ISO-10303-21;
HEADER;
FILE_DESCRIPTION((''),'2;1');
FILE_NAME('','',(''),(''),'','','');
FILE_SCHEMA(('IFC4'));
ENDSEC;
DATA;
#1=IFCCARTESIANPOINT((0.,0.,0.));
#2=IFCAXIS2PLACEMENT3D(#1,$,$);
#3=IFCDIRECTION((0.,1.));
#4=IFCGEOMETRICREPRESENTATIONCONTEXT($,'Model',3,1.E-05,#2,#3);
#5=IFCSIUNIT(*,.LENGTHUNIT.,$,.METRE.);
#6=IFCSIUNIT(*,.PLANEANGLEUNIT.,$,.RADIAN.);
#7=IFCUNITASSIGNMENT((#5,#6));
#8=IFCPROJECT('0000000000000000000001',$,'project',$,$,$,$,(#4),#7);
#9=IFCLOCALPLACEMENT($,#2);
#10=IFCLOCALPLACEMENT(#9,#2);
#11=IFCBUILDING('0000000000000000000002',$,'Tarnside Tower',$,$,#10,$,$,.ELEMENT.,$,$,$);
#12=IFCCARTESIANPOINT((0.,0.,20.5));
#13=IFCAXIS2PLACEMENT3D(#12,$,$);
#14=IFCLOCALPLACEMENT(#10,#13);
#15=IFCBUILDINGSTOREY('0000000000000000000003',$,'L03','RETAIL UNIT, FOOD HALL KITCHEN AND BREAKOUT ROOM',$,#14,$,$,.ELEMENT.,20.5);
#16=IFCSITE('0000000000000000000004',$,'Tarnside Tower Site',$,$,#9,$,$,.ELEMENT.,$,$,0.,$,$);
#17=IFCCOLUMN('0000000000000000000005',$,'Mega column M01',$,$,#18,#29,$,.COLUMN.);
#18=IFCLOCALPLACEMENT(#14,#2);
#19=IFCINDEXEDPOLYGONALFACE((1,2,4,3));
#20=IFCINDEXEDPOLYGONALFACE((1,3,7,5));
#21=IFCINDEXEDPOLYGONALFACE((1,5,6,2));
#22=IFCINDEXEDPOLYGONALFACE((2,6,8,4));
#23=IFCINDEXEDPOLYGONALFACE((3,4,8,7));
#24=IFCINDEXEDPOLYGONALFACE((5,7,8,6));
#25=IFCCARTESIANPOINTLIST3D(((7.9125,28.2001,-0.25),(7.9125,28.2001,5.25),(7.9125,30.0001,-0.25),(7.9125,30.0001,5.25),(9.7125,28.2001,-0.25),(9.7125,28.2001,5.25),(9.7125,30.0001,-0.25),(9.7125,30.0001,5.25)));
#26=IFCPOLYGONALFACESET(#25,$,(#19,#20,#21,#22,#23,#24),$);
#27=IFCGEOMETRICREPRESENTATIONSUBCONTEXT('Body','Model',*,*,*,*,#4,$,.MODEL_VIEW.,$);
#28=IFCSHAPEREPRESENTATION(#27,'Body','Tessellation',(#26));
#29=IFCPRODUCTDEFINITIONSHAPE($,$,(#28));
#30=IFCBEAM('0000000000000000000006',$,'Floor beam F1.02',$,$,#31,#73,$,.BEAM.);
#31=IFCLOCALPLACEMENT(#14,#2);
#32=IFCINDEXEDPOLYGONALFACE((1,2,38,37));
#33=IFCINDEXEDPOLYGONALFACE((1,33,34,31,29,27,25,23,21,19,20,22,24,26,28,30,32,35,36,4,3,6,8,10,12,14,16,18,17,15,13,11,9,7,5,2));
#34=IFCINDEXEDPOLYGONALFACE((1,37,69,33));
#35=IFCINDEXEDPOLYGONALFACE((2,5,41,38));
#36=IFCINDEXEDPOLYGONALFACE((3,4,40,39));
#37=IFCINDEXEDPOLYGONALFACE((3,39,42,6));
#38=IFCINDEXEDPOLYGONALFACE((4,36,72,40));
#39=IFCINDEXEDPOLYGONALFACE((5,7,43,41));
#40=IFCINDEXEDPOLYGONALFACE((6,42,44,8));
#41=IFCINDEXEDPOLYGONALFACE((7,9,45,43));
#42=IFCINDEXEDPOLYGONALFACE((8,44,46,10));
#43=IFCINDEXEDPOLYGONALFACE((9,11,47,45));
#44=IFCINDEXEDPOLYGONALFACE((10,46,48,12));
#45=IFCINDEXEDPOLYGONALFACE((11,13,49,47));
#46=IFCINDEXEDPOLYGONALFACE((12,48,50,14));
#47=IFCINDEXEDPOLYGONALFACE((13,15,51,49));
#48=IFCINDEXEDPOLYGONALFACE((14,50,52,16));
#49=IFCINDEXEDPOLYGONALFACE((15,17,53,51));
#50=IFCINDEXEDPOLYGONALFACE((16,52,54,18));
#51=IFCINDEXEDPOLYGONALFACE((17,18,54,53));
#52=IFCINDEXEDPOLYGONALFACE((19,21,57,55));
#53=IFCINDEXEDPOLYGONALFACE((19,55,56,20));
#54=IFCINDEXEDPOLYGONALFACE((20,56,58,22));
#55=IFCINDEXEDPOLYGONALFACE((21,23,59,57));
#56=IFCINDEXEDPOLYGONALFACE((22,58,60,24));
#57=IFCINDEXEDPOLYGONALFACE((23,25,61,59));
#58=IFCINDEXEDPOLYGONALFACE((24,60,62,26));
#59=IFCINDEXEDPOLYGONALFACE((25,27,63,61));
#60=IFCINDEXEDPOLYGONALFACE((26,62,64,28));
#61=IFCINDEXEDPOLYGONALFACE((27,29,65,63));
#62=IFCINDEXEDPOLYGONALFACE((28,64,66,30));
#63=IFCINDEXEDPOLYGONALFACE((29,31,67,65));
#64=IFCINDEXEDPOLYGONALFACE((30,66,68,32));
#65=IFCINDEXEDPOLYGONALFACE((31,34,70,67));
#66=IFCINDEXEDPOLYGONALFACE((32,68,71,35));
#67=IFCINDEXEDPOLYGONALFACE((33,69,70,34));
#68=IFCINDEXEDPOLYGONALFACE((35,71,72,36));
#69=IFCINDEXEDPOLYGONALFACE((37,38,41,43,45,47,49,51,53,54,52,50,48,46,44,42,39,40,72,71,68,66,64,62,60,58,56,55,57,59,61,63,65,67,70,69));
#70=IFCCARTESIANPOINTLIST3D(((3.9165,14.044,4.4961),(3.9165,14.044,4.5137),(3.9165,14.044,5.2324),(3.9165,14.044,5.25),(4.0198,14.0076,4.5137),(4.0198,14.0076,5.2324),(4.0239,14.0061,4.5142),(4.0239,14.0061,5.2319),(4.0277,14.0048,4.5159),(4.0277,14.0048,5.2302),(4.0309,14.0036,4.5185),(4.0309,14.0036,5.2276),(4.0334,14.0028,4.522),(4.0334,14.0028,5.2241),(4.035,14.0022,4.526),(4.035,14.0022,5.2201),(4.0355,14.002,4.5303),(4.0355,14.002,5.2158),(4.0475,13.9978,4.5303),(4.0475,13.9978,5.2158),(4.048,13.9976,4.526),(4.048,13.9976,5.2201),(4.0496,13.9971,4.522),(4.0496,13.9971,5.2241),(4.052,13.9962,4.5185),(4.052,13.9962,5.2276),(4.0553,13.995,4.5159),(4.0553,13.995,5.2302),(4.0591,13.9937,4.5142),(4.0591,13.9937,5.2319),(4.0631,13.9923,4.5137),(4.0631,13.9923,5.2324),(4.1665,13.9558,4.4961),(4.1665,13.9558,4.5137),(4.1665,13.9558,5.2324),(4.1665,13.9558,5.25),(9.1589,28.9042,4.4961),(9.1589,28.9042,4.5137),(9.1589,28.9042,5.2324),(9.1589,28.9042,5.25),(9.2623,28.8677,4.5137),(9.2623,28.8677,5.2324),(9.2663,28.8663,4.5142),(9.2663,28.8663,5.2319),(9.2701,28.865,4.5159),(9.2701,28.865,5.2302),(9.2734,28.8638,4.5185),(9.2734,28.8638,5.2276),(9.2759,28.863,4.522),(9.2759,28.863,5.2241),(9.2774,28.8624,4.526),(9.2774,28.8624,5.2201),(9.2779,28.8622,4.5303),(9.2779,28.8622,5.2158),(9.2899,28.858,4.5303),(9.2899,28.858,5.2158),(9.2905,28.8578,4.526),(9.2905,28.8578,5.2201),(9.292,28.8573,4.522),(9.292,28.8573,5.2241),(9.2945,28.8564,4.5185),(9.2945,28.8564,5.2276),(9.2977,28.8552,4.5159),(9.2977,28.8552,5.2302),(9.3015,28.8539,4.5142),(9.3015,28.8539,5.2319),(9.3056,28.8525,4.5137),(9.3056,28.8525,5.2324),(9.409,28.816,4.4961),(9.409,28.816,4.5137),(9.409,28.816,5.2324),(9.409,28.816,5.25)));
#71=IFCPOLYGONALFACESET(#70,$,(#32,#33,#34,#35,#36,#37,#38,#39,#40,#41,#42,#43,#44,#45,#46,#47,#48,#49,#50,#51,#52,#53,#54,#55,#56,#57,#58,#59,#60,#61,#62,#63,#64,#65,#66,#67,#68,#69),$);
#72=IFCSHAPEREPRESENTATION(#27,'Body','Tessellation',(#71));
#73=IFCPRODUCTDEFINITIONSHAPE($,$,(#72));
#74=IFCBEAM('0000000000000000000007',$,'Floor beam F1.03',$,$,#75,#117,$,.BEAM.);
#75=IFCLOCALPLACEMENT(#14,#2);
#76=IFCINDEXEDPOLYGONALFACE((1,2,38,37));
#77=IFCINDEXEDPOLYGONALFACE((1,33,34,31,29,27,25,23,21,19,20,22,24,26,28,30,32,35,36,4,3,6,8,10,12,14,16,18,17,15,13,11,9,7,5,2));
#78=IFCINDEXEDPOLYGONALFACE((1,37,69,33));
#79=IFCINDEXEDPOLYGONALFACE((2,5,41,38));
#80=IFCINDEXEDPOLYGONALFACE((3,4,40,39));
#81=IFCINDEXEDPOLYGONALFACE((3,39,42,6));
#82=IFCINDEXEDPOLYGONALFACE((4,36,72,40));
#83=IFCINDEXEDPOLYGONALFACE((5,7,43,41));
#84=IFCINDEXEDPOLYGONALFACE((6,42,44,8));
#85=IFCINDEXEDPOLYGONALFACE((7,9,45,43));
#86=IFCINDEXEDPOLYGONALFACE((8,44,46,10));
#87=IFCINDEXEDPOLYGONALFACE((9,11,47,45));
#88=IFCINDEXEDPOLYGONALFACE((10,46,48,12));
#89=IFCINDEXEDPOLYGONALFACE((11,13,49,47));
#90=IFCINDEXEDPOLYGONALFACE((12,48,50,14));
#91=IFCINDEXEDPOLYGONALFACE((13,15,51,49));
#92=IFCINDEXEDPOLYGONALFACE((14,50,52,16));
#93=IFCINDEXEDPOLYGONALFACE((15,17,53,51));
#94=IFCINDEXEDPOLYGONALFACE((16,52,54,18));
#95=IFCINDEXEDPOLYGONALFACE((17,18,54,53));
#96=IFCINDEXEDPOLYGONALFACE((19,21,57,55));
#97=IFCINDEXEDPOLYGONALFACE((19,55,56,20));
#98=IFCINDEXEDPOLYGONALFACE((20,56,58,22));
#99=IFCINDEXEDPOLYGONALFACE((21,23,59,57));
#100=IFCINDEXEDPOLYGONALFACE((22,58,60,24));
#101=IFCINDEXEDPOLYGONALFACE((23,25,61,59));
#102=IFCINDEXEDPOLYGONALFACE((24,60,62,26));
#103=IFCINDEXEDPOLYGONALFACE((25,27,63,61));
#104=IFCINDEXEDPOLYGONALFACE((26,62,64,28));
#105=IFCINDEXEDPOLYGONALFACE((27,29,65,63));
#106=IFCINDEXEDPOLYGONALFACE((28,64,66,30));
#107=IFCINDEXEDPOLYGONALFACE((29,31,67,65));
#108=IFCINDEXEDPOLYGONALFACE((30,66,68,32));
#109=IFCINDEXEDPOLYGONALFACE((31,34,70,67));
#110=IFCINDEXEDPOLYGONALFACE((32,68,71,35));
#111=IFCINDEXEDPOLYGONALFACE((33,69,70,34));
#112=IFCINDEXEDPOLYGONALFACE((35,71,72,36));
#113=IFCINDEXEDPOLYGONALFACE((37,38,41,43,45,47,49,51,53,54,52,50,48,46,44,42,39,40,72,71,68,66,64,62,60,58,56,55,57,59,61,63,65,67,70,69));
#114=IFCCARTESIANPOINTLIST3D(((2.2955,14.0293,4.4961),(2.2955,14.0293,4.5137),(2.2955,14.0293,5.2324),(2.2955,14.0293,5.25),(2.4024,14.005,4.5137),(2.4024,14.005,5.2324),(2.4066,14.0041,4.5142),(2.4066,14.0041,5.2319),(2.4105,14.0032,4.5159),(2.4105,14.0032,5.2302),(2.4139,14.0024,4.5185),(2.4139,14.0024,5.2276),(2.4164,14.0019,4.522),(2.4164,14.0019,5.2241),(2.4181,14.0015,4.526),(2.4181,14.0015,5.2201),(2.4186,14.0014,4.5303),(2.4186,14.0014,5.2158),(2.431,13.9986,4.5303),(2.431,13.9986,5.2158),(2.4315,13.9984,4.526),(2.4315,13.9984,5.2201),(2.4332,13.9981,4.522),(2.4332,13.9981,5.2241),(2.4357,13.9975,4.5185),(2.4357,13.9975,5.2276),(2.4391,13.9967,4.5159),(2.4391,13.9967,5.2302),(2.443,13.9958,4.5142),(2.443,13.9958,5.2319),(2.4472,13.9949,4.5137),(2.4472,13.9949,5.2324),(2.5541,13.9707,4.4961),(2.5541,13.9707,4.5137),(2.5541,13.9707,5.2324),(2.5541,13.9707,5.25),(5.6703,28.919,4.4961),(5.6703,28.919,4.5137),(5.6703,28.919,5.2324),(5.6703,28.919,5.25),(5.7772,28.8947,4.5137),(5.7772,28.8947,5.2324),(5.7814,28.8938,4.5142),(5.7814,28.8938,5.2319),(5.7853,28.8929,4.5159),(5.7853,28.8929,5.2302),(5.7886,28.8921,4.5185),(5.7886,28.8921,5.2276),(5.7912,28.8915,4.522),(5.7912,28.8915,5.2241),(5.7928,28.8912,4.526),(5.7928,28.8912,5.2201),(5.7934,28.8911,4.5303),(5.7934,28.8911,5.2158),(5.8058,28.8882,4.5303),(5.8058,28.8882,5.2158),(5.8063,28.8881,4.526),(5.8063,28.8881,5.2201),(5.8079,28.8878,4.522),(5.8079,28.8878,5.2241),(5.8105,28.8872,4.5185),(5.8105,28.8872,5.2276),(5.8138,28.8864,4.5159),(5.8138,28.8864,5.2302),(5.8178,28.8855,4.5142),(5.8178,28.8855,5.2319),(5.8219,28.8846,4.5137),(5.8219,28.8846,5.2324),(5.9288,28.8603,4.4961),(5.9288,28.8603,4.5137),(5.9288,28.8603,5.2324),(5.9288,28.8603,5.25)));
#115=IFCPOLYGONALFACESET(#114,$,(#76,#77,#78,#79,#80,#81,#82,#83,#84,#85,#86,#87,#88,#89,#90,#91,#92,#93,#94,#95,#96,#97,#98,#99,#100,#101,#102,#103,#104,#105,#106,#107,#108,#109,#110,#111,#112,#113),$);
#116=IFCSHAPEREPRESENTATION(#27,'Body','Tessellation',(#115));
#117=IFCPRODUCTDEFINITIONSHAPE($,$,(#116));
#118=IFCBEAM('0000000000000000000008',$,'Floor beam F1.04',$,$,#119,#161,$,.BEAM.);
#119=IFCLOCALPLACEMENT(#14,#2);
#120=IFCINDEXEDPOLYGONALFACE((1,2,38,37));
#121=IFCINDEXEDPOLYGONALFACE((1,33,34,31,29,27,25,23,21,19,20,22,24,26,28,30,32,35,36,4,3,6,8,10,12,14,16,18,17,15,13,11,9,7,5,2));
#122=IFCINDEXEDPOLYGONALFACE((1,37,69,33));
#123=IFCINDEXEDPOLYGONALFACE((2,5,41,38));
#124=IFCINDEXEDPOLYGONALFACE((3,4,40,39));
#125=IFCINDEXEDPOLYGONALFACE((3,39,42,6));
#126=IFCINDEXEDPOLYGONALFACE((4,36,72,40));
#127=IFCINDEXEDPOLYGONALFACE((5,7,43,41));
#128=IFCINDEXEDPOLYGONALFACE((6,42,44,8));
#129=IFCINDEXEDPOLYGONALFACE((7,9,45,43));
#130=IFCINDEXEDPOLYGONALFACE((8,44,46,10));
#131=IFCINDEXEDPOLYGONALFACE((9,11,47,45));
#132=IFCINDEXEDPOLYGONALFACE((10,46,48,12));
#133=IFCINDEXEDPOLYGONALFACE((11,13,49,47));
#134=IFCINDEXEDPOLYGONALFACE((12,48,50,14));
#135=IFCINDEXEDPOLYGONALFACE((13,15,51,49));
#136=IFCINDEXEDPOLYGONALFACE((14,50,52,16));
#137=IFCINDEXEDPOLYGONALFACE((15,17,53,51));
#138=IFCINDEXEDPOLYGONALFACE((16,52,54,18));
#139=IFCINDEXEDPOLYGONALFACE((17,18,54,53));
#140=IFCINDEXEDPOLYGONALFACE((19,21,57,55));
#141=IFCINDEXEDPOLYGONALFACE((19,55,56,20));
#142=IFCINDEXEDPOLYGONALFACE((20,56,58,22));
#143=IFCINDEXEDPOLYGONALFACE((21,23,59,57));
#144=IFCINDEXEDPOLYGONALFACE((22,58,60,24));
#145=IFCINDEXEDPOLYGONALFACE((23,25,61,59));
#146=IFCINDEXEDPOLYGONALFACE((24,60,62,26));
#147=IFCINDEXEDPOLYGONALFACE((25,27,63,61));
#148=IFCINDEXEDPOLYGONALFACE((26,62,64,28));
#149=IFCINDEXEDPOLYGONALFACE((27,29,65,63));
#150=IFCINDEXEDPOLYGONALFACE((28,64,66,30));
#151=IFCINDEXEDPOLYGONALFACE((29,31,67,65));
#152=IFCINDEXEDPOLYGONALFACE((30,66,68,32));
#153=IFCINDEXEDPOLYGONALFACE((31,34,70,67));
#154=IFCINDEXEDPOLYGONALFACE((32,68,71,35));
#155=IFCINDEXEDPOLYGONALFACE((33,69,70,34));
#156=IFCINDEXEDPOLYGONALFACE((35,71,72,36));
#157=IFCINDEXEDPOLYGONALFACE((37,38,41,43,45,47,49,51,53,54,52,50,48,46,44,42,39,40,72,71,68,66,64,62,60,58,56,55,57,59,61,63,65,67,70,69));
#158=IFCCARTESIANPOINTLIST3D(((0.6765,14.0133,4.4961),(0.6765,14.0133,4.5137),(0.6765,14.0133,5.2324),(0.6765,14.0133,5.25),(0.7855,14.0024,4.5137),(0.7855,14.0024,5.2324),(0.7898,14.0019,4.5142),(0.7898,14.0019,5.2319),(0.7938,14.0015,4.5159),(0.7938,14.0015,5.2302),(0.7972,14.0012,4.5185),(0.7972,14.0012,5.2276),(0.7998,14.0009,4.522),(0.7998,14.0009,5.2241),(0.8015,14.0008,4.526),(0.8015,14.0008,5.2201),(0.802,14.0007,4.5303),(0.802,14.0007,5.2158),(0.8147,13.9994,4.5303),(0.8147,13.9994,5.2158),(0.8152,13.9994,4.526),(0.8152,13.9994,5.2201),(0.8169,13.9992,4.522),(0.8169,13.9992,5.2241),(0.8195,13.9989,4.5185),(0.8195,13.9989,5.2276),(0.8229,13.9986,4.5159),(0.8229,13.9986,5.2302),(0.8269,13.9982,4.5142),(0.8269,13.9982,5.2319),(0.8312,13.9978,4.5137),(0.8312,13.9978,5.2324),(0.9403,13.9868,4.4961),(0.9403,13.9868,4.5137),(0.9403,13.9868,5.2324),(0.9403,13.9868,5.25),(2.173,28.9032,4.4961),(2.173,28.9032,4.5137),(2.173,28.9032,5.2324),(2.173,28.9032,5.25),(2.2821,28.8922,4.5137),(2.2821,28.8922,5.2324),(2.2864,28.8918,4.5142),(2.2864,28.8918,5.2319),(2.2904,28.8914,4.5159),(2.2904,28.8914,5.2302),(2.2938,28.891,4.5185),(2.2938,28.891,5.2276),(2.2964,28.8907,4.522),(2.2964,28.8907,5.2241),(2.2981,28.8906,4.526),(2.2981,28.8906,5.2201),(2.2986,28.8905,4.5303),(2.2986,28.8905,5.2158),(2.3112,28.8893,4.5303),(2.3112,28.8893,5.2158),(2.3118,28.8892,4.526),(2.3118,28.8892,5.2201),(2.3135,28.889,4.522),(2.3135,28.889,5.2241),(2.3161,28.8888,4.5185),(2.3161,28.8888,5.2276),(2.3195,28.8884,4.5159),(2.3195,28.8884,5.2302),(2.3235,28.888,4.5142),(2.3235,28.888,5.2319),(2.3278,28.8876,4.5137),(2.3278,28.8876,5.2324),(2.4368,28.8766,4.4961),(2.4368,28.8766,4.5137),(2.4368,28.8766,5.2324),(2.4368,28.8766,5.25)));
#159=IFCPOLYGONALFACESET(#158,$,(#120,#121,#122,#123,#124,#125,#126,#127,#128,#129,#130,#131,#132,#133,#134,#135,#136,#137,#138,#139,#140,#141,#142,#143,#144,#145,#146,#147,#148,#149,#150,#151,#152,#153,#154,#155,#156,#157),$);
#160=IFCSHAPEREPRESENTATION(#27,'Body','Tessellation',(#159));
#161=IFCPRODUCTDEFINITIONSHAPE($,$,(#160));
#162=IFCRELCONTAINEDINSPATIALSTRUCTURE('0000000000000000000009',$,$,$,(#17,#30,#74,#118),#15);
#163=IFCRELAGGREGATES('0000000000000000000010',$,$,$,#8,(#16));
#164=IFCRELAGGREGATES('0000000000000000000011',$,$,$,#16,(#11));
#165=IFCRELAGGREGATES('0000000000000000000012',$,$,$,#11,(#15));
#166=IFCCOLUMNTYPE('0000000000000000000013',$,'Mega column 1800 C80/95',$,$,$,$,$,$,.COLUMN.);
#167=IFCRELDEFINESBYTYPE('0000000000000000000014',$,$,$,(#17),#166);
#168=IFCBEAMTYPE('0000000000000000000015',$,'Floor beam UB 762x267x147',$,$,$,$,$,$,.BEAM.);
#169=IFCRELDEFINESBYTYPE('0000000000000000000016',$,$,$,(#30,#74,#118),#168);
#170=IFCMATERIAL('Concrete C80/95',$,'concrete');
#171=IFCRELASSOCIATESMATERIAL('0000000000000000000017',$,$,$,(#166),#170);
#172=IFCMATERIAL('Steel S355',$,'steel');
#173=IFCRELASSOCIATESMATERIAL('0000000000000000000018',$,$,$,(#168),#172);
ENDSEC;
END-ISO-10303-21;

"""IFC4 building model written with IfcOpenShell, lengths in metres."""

from ifc_helpers import new_model, si_unit, direction, frame, origin, origin_2d, place, context, subcontext, project, spatial, rectangle, i_section, extrude, material, material_profile, profile_set, type_object, element, save


model = new_model("IFC4")

# Units and contexts
model_context = context("Model", 3, precision=1e-05, world=origin(), true_north=direction((0.0, 1.0)))
body_context = subcontext(model_context, "Body", "Model", "MODEL_VIEW")
ifc_project = project(units=[si_unit("LENGTHUNIT", "METRE"), si_unit("PLANEANGLEUNIT", "RADIAN")], contexts=[model_context])

# Site, building, storey
site_placement = place(None, origin())
site = spatial("IfcSite", under=ifc_project, at=site_placement, Name="Tarnside Tower Site", CompositionType="ELEMENT", RefElevation=0.0)
building_placement = place(site_placement, origin())
building = spatial("IfcBuilding", under=site, at=building_placement, Name="Tarnside Tower", CompositionType="ELEMENT")
storey_placement = place(building_placement, frame((0.0, 0.0, 20.5)))
storey = spatial("IfcBuildingStorey", under=building, at=storey_placement, Name="L03", Description="RETAIL UNIT, FOOD HALL KITCHEN AND BREAKOUT ROOM", CompositionType="ELEMENT", Elevation=20.5)

# Column
ifc_material_1 = material(Name="Concrete C80/95", Category="concrete")
ifc_material_profile_1 = material_profile(ifc_material_1, rectangle(XDim=1.8, YDim=1.8, at=origin_2d()), Name="Mega column 1800x1800")
ifc_profile_set_1 = profile_set([ifc_material_profile_1], Name="Concrete C80/95")
column_type = type_object("IfcColumnType", Name="Mega column 1800 C80/95", PredefinedType="COLUMN", material=ifc_profile_set_1)
column_placement = place(storey_placement, frame((8.8125, 29.1001, -0.25), z_axis=(0.0, 0.0, 1.0), x_axis=(1.0, 0.0, 0.0)))
element("IfcColumn", 1, at=column_placement, inside=storey, type_object=column_type, Name="Mega column M01", PredefinedType="COLUMN", context=body_context, shape_type="SweptSolid", body=[
    extrude(rectangle(XDim=1.8, YDim=1.8, at=origin_2d()), origin(), (0.0, 0.0, 1.0), 5.5),
])

# Beams
ifc_material_2 = material(Name="Steel S355", Category="steel")
ifc_material_profile_2 = material_profile(ifc_material_2, i_section(OverallWidth=0.2651, OverallDepth=0.7539, WebThickness=0.0127, FlangeThickness=0.0176, FilletRadius=0.0166, at=origin_2d()), Name="UB 762x267x147")
ifc_profile_set_2 = profile_set([ifc_material_profile_2], Name="Steel S355")
beam_type_1 = type_object("IfcBeamType", Name="Floor beam UB 762x267x147", PredefinedType="BEAM", material=ifc_profile_set_2)
beam_1_placement = place(storey_placement, frame((9.2839, 28.8601, 4.873), z_axis=(-0.33269, -0.943036, 0.0), x_axis=(0.943036, -0.33269, 0.0)))
element("IfcBeam", 2, at=beam_1_placement, inside=storey, type_object=beam_type_1, Name="Floor beam F1.02", PredefinedType="BEAM", context=body_context, shape_type="SweptSolid", body=[
    extrude(i_section(OverallWidth=0.2651, OverallDepth=0.7539, WebThickness=0.0127, FlangeThickness=0.0176, FilletRadius=0.0166, at=origin_2d()), origin(), (0.0, 0.0, 1.0), 15.7578),
])
beam_2_placement = place(storey_placement, frame((5.7996, 28.8896, 4.873), z_axis=(-0.221045, -0.975264, 0.0), x_axis=(0.975264, -0.221045, 0.0)))
element("IfcBeam", 3, at=beam_2_placement, inside=storey, type_object=beam_type_1, Name="Floor beam F1.03", PredefinedType="BEAM", context=body_context, shape_type="SweptSolid", body=[
    extrude(i_section(OverallWidth=0.2651, OverallDepth=0.7539, WebThickness=0.0127, FlangeThickness=0.0176, FilletRadius=0.0166, at=origin_2d()), origin(), (0.0, 0.0, 1.0), 15.2673),
])
beam_3_placement = place(storey_placement, frame((2.3049, 28.8899, 4.873), z_axis=(-0.100006, -0.994987, 0.0), x_axis=(0.994987, -0.100006, 0.0)))
element("IfcBeam", 4, at=beam_3_placement, inside=storey, type_object=beam_type_1, Name="Floor beam F1.04", PredefinedType="BEAM", context=body_context, shape_type="SweptSolid", body=[
    extrude(i_section(OverallWidth=0.2651, OverallDepth=0.7539, WebThickness=0.0127, FlangeThickness=0.0176, FilletRadius=0.0166, at=origin_2d()), origin(), (0.0, 0.0, 1.0), 14.9648),
])

save(model, "model.ifc")
